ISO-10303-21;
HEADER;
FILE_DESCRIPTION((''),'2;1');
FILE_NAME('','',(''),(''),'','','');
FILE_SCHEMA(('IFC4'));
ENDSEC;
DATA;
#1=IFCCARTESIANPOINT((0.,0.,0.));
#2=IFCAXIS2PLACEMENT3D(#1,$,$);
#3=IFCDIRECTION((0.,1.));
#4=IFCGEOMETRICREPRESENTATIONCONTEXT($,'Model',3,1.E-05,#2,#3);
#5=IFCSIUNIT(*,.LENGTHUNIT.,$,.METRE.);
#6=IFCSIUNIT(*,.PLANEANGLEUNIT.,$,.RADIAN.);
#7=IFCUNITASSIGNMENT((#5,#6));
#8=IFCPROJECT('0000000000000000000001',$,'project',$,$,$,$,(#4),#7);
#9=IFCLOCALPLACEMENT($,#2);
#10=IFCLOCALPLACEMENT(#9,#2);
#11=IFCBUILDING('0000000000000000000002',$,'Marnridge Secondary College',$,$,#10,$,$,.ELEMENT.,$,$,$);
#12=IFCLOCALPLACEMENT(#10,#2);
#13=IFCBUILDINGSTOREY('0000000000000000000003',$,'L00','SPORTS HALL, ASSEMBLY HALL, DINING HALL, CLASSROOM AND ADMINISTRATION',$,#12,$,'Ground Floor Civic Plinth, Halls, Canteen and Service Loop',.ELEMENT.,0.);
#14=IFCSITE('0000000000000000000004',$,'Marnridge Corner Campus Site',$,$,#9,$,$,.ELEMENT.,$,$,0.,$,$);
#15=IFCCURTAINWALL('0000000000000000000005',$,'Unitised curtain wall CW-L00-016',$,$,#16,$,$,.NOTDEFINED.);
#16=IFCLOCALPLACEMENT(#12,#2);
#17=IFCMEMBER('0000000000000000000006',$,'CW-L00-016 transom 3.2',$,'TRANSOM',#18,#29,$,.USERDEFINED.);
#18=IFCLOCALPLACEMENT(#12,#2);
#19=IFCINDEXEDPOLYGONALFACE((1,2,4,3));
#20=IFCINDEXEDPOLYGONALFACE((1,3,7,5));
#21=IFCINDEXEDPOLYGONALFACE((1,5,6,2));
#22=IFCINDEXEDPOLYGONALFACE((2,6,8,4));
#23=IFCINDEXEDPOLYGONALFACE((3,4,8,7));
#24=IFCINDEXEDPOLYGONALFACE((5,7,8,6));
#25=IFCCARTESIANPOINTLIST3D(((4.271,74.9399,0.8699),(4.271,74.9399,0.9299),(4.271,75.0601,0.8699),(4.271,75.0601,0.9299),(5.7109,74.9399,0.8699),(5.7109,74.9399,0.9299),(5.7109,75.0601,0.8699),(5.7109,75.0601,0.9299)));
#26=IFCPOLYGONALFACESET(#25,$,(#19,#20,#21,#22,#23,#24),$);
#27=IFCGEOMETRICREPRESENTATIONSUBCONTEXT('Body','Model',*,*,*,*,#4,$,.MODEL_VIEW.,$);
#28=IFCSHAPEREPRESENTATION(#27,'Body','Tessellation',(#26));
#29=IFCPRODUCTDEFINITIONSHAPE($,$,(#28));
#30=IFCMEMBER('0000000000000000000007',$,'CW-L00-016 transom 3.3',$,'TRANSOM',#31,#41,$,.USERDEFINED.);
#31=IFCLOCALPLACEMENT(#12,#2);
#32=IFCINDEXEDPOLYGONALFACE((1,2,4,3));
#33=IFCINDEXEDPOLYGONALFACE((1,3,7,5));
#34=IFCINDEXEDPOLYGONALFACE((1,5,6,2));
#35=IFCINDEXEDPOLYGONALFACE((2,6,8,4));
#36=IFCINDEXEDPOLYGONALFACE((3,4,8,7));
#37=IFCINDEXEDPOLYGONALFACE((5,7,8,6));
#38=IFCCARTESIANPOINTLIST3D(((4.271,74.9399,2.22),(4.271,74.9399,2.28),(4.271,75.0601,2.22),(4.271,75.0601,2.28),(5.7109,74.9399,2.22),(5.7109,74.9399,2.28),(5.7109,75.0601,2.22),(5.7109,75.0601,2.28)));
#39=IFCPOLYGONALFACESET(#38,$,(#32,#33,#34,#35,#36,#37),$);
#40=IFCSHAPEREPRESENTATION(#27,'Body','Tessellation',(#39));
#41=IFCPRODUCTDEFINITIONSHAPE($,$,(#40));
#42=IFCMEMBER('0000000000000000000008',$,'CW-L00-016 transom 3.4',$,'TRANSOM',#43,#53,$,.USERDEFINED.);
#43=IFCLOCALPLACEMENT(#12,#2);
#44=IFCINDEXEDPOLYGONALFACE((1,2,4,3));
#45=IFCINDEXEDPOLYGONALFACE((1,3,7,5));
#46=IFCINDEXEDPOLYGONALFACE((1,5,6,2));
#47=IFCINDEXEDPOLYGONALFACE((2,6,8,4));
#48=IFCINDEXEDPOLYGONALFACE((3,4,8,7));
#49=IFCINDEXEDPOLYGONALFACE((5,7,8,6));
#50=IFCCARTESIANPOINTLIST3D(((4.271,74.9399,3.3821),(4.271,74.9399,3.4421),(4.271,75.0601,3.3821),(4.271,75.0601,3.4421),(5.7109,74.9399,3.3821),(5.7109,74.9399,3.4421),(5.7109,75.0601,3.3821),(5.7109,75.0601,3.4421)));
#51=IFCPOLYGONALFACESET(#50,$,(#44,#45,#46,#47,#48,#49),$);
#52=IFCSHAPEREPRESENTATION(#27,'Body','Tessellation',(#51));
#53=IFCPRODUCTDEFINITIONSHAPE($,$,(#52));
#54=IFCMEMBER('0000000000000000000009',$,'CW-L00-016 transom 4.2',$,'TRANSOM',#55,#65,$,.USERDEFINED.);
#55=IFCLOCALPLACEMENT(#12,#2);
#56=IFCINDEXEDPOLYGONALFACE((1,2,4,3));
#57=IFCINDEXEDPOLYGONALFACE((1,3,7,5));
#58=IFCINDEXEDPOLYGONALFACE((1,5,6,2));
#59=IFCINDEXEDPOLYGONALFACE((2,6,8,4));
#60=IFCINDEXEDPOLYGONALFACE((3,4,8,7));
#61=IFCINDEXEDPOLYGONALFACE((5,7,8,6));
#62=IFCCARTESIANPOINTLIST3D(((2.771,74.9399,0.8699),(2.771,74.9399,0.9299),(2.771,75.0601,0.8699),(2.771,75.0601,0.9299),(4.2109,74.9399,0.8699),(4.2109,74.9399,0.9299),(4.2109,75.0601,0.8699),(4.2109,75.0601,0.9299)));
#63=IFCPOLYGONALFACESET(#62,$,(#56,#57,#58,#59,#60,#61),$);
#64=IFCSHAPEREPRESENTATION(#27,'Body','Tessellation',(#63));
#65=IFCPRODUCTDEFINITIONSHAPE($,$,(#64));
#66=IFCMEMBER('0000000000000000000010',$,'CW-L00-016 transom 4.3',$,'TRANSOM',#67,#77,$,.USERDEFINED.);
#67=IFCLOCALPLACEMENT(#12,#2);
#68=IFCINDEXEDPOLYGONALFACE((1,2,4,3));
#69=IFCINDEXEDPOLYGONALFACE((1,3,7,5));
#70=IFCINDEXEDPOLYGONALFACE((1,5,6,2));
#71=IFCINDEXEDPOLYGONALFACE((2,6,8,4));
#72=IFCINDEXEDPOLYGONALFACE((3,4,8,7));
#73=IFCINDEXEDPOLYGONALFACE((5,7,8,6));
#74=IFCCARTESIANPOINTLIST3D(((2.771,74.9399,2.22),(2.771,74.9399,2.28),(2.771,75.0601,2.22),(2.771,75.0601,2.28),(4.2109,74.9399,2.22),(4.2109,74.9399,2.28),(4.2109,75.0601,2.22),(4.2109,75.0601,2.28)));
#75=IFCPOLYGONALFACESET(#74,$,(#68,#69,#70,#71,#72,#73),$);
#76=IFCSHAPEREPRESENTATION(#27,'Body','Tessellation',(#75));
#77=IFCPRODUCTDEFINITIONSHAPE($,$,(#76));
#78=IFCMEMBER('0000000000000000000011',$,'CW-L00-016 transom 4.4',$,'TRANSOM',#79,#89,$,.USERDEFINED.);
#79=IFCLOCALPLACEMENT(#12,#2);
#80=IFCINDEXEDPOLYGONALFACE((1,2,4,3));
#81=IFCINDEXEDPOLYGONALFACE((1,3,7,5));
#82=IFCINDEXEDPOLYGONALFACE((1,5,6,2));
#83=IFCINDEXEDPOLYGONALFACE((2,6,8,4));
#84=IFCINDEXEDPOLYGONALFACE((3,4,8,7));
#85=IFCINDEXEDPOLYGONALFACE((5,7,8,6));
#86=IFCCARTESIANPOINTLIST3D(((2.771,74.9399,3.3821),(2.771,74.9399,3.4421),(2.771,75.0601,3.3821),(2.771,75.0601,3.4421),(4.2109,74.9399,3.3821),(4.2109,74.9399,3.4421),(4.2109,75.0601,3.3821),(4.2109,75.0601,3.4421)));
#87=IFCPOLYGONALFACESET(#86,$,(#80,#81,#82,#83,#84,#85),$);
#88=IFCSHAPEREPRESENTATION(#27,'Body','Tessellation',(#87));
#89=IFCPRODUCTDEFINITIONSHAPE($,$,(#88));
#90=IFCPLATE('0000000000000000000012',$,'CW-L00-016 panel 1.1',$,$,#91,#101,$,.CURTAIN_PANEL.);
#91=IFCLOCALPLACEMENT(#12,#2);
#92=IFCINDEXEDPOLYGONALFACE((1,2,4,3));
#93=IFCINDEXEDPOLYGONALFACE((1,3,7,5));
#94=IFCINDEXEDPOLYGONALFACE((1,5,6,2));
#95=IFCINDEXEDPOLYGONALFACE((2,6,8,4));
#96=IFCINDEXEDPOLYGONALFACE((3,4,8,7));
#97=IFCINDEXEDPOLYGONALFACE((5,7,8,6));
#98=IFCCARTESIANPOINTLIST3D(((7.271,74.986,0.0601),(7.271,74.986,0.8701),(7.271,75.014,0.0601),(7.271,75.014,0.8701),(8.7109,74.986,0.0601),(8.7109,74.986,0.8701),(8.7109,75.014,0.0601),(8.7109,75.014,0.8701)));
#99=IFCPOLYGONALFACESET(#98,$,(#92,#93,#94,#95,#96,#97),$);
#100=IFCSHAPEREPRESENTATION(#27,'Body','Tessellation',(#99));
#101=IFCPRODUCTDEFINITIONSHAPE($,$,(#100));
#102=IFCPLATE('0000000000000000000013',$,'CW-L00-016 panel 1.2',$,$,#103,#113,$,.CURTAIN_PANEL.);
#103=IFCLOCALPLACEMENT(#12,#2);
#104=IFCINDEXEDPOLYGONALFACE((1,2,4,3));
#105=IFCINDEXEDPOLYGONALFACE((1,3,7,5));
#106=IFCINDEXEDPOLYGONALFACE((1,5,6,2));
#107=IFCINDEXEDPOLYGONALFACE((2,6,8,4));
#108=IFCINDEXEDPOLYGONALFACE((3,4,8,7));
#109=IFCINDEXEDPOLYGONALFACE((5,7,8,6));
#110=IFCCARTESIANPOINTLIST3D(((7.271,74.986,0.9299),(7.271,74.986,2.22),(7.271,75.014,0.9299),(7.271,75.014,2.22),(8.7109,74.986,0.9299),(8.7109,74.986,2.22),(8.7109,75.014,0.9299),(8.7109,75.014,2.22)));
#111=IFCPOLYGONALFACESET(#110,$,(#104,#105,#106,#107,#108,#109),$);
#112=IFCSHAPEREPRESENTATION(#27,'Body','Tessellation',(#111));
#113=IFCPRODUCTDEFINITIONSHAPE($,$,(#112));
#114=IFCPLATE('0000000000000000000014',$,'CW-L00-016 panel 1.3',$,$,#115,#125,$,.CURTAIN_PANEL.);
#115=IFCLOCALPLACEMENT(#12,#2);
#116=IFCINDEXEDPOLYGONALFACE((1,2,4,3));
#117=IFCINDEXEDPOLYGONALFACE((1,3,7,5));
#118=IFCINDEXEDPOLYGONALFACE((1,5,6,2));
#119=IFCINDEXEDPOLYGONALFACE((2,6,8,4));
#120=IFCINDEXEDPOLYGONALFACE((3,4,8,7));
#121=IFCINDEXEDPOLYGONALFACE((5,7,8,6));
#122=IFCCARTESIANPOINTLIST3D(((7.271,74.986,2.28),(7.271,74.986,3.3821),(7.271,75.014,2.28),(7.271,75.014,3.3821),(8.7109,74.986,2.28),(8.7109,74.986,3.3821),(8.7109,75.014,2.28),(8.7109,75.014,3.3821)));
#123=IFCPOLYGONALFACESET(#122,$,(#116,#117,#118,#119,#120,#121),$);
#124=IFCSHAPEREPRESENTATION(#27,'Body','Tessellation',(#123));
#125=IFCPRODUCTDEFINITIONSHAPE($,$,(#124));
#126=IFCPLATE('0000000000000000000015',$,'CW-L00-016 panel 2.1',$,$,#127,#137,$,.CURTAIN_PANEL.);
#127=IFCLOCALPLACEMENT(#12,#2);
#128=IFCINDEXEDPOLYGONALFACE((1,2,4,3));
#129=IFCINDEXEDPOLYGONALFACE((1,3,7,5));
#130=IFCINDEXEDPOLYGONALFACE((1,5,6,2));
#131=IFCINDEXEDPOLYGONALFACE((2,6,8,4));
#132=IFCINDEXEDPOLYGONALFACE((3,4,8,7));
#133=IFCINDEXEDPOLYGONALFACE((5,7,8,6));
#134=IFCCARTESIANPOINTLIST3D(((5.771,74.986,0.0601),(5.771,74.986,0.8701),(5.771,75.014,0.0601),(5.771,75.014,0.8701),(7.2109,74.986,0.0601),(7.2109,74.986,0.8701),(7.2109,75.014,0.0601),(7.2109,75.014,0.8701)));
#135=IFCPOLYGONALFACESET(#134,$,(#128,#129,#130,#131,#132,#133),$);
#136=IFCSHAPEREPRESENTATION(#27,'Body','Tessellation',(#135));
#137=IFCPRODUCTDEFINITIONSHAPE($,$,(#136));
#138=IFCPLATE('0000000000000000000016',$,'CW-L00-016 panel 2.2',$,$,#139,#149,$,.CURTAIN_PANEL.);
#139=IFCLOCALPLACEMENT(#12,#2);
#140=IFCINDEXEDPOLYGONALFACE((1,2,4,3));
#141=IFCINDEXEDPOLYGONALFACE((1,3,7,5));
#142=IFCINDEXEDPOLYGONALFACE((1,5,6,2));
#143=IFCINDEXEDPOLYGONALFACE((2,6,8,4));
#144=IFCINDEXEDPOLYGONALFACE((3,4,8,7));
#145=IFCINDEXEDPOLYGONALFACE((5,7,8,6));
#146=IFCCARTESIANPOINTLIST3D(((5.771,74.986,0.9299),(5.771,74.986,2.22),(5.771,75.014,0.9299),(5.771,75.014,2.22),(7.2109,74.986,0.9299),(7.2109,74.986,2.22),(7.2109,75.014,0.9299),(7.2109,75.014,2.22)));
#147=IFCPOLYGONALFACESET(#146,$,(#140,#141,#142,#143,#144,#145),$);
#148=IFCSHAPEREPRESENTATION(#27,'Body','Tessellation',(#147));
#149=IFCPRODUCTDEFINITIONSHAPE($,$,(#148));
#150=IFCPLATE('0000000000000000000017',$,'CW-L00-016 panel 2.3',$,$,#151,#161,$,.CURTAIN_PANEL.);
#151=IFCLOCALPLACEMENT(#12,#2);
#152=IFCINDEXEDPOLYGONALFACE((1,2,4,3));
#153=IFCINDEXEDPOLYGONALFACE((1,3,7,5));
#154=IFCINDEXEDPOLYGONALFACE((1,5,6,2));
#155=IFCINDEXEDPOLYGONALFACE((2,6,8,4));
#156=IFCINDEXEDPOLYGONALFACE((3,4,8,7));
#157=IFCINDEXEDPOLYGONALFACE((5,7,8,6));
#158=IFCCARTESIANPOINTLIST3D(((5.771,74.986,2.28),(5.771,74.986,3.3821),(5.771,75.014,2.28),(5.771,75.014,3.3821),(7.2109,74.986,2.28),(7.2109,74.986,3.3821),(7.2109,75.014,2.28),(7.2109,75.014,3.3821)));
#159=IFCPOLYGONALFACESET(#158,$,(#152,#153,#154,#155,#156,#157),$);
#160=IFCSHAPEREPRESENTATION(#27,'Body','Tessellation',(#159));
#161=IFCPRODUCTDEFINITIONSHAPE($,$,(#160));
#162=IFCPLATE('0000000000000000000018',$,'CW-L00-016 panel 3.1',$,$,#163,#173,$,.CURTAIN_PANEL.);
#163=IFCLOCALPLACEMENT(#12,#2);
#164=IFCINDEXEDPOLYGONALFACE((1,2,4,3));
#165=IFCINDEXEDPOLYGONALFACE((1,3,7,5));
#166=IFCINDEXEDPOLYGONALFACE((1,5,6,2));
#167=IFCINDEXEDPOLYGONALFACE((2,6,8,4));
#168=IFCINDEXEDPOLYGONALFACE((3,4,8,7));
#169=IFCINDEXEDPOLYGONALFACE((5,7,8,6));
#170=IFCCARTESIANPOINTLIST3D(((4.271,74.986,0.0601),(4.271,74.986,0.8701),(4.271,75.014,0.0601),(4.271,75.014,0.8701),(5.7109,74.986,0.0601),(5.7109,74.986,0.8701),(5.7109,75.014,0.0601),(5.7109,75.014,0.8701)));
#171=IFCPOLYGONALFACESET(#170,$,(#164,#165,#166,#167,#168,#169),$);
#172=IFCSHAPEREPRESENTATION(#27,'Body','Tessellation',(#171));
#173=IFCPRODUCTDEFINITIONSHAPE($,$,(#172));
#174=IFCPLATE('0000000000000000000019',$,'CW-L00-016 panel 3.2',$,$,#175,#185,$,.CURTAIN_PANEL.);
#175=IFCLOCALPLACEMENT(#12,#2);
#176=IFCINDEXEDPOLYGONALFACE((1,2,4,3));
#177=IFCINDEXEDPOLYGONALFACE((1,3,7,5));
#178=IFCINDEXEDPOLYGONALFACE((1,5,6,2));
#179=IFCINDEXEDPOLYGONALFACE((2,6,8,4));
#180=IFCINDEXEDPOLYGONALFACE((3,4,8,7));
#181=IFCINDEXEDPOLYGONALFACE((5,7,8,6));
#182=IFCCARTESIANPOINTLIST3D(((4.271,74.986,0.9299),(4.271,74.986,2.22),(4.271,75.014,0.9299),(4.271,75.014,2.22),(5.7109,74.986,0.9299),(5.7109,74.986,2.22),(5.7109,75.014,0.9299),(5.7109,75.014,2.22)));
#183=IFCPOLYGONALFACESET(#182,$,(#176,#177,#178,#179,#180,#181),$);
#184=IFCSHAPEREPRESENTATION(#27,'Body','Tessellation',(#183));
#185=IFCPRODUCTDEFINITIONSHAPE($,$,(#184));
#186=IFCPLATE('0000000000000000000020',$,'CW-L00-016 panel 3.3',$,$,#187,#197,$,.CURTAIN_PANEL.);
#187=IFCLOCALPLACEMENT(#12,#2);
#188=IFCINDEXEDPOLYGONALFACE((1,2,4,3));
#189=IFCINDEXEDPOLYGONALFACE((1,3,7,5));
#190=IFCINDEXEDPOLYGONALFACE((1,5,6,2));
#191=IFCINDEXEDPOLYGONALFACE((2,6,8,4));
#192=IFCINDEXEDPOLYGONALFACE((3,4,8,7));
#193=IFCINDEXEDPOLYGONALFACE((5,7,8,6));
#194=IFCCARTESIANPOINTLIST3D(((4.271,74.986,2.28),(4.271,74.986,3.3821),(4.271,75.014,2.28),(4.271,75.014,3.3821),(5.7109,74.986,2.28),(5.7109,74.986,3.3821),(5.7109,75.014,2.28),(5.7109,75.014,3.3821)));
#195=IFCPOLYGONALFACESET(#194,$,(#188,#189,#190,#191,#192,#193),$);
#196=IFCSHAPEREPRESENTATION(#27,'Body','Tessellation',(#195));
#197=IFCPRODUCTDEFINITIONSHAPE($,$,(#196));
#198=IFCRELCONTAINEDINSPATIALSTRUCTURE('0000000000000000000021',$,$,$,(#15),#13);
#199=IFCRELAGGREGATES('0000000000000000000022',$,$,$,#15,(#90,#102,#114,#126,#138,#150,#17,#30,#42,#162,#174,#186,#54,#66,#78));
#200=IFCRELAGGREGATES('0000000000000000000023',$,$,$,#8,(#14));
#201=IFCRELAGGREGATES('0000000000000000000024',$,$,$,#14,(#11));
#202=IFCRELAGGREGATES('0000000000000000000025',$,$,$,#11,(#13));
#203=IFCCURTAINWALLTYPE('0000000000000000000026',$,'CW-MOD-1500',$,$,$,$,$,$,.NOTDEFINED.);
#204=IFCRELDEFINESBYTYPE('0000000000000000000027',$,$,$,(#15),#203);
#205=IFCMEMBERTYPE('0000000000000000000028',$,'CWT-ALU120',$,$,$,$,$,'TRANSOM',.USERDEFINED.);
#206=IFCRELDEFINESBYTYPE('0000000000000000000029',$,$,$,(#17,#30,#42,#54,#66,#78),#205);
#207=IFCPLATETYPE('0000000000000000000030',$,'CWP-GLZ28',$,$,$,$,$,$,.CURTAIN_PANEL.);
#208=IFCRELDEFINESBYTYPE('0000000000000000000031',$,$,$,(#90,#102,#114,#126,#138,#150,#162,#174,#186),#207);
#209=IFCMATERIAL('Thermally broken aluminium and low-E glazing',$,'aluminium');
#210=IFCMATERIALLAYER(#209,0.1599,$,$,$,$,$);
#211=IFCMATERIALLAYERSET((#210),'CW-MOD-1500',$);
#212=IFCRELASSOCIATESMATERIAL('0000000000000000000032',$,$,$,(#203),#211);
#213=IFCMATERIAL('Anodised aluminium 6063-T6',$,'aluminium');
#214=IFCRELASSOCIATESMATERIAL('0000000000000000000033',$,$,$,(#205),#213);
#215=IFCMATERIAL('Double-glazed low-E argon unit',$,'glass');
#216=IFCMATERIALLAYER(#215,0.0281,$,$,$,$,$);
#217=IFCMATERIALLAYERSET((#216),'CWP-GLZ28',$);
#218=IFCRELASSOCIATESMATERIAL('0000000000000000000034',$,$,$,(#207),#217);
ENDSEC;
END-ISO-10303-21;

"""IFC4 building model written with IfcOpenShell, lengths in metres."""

from ifc_helpers import new_model, si_unit, direction, frame, origin, origin_2d, place, context, subcontext, project, spatial, rectangle, extrude, material, layer, layer_set, material_profile, profile_set, type_object, element, aggregate, save


model = new_model("IFC4")

# Units and contexts
model_context = context("Model", 3, precision=1e-05, world=origin(), true_north=direction((0.0, 1.0)))
body_context = subcontext(model_context, "Body", "Model", "MODEL_VIEW")
ifc_project = project(units=[si_unit("LENGTHUNIT", "METRE"), si_unit("PLANEANGLEUNIT", "RADIAN")], contexts=[model_context])

# Site, building, storey
site_placement = place(None, origin())
site = spatial("IfcSite", under=ifc_project, at=site_placement, Name="Marnridge Corner Campus Site", CompositionType="ELEMENT", RefElevation=0.0)
building_placement = place(site_placement, origin())
building = spatial("IfcBuilding", under=site, at=building_placement, Name="Marnridge Secondary College", CompositionType="ELEMENT")
storey_placement = place(building_placement, origin())
storey = spatial("IfcBuildingStorey", under=building, at=storey_placement, Name="L00", Description="SPORTS HALL, ASSEMBLY HALL, DINING HALL, CLASSROOM AND ADMINISTRATION", LongName="Ground Floor Civic Plinth, Halls, Canteen and Service Loop", CompositionType="ELEMENT", Elevation=0.0)

# Curtain wall, members, plates
ifc_material_1 = material(Name="Thermally broken aluminium and low-E glazing", Category="aluminium")
ifc_layer_1 = layer(ifc_material_1, 0.1599)
ifc_layer_set_1 = layer_set([ifc_layer_1], Name="CW-MOD-1500")
curtain_wall_type = type_object("IfcCurtainWallType", Name="CW-MOD-1500", PredefinedType="NOTDEFINED", material=ifc_layer_set_1)
curtain_wall_placement = place(storey_placement, origin())
curtain_wall = element("IfcCurtainWall", 1, at=curtain_wall_placement, inside=storey, type_object=curtain_wall_type, Name="Unitised curtain wall CW-L00-016", PredefinedType="NOTDEFINED")
ifc_material_2 = material(Name="Anodised aluminium 6063-T6", Category="aluminium")
ifc_material_profile_1 = material_profile(ifc_material_2, rectangle(XDim=0.0601, YDim=0.1201, at=origin_2d()), Name="ALU 60x120")
ifc_profile_set_1 = profile_set([ifc_material_profile_1], Name="Anodised aluminium 6063-T6")
member_type_1 = type_object("IfcMemberType", Name="CWT-ALU120", ElementType="TRANSOM", PredefinedType="USERDEFINED", material=ifc_profile_set_1)
member_1_placement = place(storey_placement, frame((5.7109, 75.0, 0.8999), z_axis=(-1.0, 0.0, 0.0), x_axis=(0.0, 0.0, 1.0)))
member_1 = element("IfcMember", 2, at=member_1_placement, type_object=member_type_1, Name="CW-L00-016 transom 3.2", ObjectType="TRANSOM", PredefinedType="USERDEFINED", context=body_context, shape_type="SweptSolid", body=[
    extrude(rectangle(XDim=0.0601, YDim=0.1201, at=origin_2d()), origin(), (0.0, 0.0, 1.0), 1.4399),
])
member_2_placement = place(storey_placement, frame((5.7109, 75.0, 2.25), z_axis=(-1.0, 0.0, 0.0), x_axis=(0.0, 0.0, 1.0)))
member_2 = element("IfcMember", 3, at=member_2_placement, type_object=member_type_1, Name="CW-L00-016 transom 3.3", ObjectType="TRANSOM", PredefinedType="USERDEFINED", context=body_context, shape_type="SweptSolid", body=[
    extrude(rectangle(XDim=0.0601, YDim=0.1201, at=origin_2d()), origin(), (0.0, 0.0, 1.0), 1.4399),
])
member_3_placement = place(storey_placement, frame((5.7109, 75.0, 3.4121), z_axis=(-1.0, 0.0, 0.0), x_axis=(0.0, 0.0, 1.0)))
member_3 = element("IfcMember", 4, at=member_3_placement, type_object=member_type_1, Name="CW-L00-016 transom 3.4", ObjectType="TRANSOM", PredefinedType="USERDEFINED", context=body_context, shape_type="SweptSolid", body=[
    extrude(rectangle(XDim=0.0601, YDim=0.1201, at=origin_2d()), origin(), (0.0, 0.0, 1.0), 1.4399),
])
member_4_placement = place(storey_placement, frame((4.2109, 75.0, 0.8999), z_axis=(-1.0, 0.0, 0.0), x_axis=(0.0, 0.0, 1.0)))
member_4 = element("IfcMember", 5, at=member_4_placement, type_object=member_type_1, Name="CW-L00-016 transom 4.2", ObjectType="TRANSOM", PredefinedType="USERDEFINED", context=body_context, shape_type="SweptSolid", body=[
    extrude(rectangle(XDim=0.0601, YDim=0.1201, at=origin_2d()), origin(), (0.0, 0.0, 1.0), 1.4399),
])
member_5_placement = place(storey_placement, frame((4.2109, 75.0, 2.25), z_axis=(-1.0, 0.0, 0.0), x_axis=(0.0, 0.0, 1.0)))
member_5 = element("IfcMember", 6, at=member_5_placement, type_object=member_type_1, Name="CW-L00-016 transom 4.3", ObjectType="TRANSOM", PredefinedType="USERDEFINED", context=body_context, shape_type="SweptSolid", body=[
    extrude(rectangle(XDim=0.0601, YDim=0.1201, at=origin_2d()), origin(), (0.0, 0.0, 1.0), 1.4399),
])
member_6_placement = place(storey_placement, frame((4.2109, 75.0, 3.4121), z_axis=(-1.0, 0.0, 0.0), x_axis=(0.0, 0.0, 1.0)))
member_6 = element("IfcMember", 7, at=member_6_placement, type_object=member_type_1, Name="CW-L00-016 transom 4.4", ObjectType="TRANSOM", PredefinedType="USERDEFINED", context=body_context, shape_type="SweptSolid", body=[
    extrude(rectangle(XDim=0.0601, YDim=0.1201, at=origin_2d()), origin(), (0.0, 0.0, 1.0), 1.4399),
])
ifc_material_3 = material(Name="Double-glazed low-E argon unit", Category="glass")
ifc_layer_2 = layer(ifc_material_3, 0.0281)
ifc_layer_set_2 = layer_set([ifc_layer_2], Name="CWP-GLZ28")
plate_type = type_object("IfcPlateType", Name="CWP-GLZ28", PredefinedType="CURTAIN_PANEL", material=ifc_layer_set_2)
plate_1_placement = place(storey_placement, frame((7.991, 75.0, 0.0601), z_axis=(0.0, 0.0, 1.0), x_axis=(-1.0, 0.0, 0.0)))
plate_1 = element("IfcPlate", 8, at=plate_1_placement, type_object=plate_type, Name="CW-L00-016 panel 1.1", PredefinedType="CURTAIN_PANEL", context=body_context, shape_type="SweptSolid", body=[
    extrude(rectangle(XDim=1.4399, YDim=0.0281, at=origin_2d()), origin(), (0.0, 0.0, 1.0), 0.8101),
])
plate_2_placement = place(storey_placement, frame((7.991, 75.0, 0.9299), z_axis=(0.0, 0.0, 1.0), x_axis=(-1.0, 0.0, 0.0)))
plate_2 = element("IfcPlate", 9, at=plate_2_placement, type_object=plate_type, Name="CW-L00-016 panel 1.2", PredefinedType="CURTAIN_PANEL", context=body_context, shape_type="SweptSolid", body=[
    extrude(rectangle(XDim=1.4399, YDim=0.0281, at=origin_2d()), origin(), (0.0, 0.0, 1.0), 1.29),
])
plate_3_placement = place(storey_placement, frame((7.991, 75.0, 2.28), z_axis=(0.0, 0.0, 1.0), x_axis=(-1.0, 0.0, 0.0)))
plate_3 = element("IfcPlate", 10, at=plate_3_placement, type_object=plate_type, Name="CW-L00-016 panel 1.3", PredefinedType="CURTAIN_PANEL", context=body_context, shape_type="SweptSolid", body=[
    extrude(rectangle(XDim=1.4399, YDim=0.0281, at=origin_2d()), origin(), (0.0, 0.0, 1.0), 1.1021),
])
plate_4_placement = place(storey_placement, frame((6.491, 75.0, 0.0601), z_axis=(0.0, 0.0, 1.0), x_axis=(-1.0, 0.0, 0.0)))
plate_4 = element("IfcPlate", 11, at=plate_4_placement, type_object=plate_type, Name="CW-L00-016 panel 2.1", PredefinedType="CURTAIN_PANEL", context=body_context, shape_type="SweptSolid", body=[
    extrude(rectangle(XDim=1.4399, YDim=0.0281, at=origin_2d()), origin(), (0.0, 0.0, 1.0), 0.8101),
])
plate_5_placement = place(storey_placement, frame((6.491, 75.0, 0.9299), z_axis=(0.0, 0.0, 1.0), x_axis=(-1.0, 0.0, 0.0)))
plate_5 = element("IfcPlate", 12, at=plate_5_placement, type_object=plate_type, Name="CW-L00-016 panel 2.2", PredefinedType="CURTAIN_PANEL", context=body_context, shape_type="SweptSolid", body=[
    extrude(rectangle(XDim=1.4399, YDim=0.0281, at=origin_2d()), origin(), (0.0, 0.0, 1.0), 1.29),
])
plate_6_placement = place(storey_placement, frame((6.491, 75.0, 2.28), z_axis=(0.0, 0.0, 1.0), x_axis=(-1.0, 0.0, 0.0)))
plate_6 = element("IfcPlate", 13, at=plate_6_placement, type_object=plate_type, Name="CW-L00-016 panel 2.3", PredefinedType="CURTAIN_PANEL", context=body_context, shape_type="SweptSolid", body=[
    extrude(rectangle(XDim=1.4399, YDim=0.0281, at=origin_2d()), origin(), (0.0, 0.0, 1.0), 1.1021),
])
plate_7_placement = place(storey_placement, frame((4.991, 75.0, 0.0601), z_axis=(0.0, 0.0, 1.0), x_axis=(-1.0, 0.0, 0.0)))
plate_7 = element("IfcPlate", 14, at=plate_7_placement, type_object=plate_type, Name="CW-L00-016 panel 3.1", PredefinedType="CURTAIN_PANEL", context=body_context, shape_type="SweptSolid", body=[
    extrude(rectangle(XDim=1.4399, YDim=0.0281, at=origin_2d()), origin(), (0.0, 0.0, 1.0), 0.8101),
])
plate_8_placement = place(storey_placement, frame((4.991, 75.0, 0.9299), z_axis=(0.0, 0.0, 1.0), x_axis=(-1.0, 0.0, 0.0)))
plate_8 = element("IfcPlate", 15, at=plate_8_placement, type_object=plate_type, Name="CW-L00-016 panel 3.2", PredefinedType="CURTAIN_PANEL", context=body_context, shape_type="SweptSolid", body=[
    extrude(rectangle(XDim=1.4399, YDim=0.0281, at=origin_2d()), origin(), (0.0, 0.0, 1.0), 1.29),
])
plate_9_placement = place(storey_placement, frame((4.991, 75.0, 2.28), z_axis=(0.0, 0.0, 1.0), x_axis=(-1.0, 0.0, 0.0)))
plate_9 = element("IfcPlate", 16, at=plate_9_placement, type_object=plate_type, Name="CW-L00-016 panel 3.3", PredefinedType="CURTAIN_PANEL", context=body_context, shape_type="SweptSolid", body=[
    extrude(rectangle(XDim=1.4399, YDim=0.0281, at=origin_2d()), origin(), (0.0, 0.0, 1.0), 1.1021),
])
aggregate(curtain_wall, [plate_1, plate_2, plate_3, plate_4, plate_5, plate_6, member_1, member_2, member_3, plate_7, plate_8, plate_9, member_4, member_5, member_6])

save(model, "model.ifc")
